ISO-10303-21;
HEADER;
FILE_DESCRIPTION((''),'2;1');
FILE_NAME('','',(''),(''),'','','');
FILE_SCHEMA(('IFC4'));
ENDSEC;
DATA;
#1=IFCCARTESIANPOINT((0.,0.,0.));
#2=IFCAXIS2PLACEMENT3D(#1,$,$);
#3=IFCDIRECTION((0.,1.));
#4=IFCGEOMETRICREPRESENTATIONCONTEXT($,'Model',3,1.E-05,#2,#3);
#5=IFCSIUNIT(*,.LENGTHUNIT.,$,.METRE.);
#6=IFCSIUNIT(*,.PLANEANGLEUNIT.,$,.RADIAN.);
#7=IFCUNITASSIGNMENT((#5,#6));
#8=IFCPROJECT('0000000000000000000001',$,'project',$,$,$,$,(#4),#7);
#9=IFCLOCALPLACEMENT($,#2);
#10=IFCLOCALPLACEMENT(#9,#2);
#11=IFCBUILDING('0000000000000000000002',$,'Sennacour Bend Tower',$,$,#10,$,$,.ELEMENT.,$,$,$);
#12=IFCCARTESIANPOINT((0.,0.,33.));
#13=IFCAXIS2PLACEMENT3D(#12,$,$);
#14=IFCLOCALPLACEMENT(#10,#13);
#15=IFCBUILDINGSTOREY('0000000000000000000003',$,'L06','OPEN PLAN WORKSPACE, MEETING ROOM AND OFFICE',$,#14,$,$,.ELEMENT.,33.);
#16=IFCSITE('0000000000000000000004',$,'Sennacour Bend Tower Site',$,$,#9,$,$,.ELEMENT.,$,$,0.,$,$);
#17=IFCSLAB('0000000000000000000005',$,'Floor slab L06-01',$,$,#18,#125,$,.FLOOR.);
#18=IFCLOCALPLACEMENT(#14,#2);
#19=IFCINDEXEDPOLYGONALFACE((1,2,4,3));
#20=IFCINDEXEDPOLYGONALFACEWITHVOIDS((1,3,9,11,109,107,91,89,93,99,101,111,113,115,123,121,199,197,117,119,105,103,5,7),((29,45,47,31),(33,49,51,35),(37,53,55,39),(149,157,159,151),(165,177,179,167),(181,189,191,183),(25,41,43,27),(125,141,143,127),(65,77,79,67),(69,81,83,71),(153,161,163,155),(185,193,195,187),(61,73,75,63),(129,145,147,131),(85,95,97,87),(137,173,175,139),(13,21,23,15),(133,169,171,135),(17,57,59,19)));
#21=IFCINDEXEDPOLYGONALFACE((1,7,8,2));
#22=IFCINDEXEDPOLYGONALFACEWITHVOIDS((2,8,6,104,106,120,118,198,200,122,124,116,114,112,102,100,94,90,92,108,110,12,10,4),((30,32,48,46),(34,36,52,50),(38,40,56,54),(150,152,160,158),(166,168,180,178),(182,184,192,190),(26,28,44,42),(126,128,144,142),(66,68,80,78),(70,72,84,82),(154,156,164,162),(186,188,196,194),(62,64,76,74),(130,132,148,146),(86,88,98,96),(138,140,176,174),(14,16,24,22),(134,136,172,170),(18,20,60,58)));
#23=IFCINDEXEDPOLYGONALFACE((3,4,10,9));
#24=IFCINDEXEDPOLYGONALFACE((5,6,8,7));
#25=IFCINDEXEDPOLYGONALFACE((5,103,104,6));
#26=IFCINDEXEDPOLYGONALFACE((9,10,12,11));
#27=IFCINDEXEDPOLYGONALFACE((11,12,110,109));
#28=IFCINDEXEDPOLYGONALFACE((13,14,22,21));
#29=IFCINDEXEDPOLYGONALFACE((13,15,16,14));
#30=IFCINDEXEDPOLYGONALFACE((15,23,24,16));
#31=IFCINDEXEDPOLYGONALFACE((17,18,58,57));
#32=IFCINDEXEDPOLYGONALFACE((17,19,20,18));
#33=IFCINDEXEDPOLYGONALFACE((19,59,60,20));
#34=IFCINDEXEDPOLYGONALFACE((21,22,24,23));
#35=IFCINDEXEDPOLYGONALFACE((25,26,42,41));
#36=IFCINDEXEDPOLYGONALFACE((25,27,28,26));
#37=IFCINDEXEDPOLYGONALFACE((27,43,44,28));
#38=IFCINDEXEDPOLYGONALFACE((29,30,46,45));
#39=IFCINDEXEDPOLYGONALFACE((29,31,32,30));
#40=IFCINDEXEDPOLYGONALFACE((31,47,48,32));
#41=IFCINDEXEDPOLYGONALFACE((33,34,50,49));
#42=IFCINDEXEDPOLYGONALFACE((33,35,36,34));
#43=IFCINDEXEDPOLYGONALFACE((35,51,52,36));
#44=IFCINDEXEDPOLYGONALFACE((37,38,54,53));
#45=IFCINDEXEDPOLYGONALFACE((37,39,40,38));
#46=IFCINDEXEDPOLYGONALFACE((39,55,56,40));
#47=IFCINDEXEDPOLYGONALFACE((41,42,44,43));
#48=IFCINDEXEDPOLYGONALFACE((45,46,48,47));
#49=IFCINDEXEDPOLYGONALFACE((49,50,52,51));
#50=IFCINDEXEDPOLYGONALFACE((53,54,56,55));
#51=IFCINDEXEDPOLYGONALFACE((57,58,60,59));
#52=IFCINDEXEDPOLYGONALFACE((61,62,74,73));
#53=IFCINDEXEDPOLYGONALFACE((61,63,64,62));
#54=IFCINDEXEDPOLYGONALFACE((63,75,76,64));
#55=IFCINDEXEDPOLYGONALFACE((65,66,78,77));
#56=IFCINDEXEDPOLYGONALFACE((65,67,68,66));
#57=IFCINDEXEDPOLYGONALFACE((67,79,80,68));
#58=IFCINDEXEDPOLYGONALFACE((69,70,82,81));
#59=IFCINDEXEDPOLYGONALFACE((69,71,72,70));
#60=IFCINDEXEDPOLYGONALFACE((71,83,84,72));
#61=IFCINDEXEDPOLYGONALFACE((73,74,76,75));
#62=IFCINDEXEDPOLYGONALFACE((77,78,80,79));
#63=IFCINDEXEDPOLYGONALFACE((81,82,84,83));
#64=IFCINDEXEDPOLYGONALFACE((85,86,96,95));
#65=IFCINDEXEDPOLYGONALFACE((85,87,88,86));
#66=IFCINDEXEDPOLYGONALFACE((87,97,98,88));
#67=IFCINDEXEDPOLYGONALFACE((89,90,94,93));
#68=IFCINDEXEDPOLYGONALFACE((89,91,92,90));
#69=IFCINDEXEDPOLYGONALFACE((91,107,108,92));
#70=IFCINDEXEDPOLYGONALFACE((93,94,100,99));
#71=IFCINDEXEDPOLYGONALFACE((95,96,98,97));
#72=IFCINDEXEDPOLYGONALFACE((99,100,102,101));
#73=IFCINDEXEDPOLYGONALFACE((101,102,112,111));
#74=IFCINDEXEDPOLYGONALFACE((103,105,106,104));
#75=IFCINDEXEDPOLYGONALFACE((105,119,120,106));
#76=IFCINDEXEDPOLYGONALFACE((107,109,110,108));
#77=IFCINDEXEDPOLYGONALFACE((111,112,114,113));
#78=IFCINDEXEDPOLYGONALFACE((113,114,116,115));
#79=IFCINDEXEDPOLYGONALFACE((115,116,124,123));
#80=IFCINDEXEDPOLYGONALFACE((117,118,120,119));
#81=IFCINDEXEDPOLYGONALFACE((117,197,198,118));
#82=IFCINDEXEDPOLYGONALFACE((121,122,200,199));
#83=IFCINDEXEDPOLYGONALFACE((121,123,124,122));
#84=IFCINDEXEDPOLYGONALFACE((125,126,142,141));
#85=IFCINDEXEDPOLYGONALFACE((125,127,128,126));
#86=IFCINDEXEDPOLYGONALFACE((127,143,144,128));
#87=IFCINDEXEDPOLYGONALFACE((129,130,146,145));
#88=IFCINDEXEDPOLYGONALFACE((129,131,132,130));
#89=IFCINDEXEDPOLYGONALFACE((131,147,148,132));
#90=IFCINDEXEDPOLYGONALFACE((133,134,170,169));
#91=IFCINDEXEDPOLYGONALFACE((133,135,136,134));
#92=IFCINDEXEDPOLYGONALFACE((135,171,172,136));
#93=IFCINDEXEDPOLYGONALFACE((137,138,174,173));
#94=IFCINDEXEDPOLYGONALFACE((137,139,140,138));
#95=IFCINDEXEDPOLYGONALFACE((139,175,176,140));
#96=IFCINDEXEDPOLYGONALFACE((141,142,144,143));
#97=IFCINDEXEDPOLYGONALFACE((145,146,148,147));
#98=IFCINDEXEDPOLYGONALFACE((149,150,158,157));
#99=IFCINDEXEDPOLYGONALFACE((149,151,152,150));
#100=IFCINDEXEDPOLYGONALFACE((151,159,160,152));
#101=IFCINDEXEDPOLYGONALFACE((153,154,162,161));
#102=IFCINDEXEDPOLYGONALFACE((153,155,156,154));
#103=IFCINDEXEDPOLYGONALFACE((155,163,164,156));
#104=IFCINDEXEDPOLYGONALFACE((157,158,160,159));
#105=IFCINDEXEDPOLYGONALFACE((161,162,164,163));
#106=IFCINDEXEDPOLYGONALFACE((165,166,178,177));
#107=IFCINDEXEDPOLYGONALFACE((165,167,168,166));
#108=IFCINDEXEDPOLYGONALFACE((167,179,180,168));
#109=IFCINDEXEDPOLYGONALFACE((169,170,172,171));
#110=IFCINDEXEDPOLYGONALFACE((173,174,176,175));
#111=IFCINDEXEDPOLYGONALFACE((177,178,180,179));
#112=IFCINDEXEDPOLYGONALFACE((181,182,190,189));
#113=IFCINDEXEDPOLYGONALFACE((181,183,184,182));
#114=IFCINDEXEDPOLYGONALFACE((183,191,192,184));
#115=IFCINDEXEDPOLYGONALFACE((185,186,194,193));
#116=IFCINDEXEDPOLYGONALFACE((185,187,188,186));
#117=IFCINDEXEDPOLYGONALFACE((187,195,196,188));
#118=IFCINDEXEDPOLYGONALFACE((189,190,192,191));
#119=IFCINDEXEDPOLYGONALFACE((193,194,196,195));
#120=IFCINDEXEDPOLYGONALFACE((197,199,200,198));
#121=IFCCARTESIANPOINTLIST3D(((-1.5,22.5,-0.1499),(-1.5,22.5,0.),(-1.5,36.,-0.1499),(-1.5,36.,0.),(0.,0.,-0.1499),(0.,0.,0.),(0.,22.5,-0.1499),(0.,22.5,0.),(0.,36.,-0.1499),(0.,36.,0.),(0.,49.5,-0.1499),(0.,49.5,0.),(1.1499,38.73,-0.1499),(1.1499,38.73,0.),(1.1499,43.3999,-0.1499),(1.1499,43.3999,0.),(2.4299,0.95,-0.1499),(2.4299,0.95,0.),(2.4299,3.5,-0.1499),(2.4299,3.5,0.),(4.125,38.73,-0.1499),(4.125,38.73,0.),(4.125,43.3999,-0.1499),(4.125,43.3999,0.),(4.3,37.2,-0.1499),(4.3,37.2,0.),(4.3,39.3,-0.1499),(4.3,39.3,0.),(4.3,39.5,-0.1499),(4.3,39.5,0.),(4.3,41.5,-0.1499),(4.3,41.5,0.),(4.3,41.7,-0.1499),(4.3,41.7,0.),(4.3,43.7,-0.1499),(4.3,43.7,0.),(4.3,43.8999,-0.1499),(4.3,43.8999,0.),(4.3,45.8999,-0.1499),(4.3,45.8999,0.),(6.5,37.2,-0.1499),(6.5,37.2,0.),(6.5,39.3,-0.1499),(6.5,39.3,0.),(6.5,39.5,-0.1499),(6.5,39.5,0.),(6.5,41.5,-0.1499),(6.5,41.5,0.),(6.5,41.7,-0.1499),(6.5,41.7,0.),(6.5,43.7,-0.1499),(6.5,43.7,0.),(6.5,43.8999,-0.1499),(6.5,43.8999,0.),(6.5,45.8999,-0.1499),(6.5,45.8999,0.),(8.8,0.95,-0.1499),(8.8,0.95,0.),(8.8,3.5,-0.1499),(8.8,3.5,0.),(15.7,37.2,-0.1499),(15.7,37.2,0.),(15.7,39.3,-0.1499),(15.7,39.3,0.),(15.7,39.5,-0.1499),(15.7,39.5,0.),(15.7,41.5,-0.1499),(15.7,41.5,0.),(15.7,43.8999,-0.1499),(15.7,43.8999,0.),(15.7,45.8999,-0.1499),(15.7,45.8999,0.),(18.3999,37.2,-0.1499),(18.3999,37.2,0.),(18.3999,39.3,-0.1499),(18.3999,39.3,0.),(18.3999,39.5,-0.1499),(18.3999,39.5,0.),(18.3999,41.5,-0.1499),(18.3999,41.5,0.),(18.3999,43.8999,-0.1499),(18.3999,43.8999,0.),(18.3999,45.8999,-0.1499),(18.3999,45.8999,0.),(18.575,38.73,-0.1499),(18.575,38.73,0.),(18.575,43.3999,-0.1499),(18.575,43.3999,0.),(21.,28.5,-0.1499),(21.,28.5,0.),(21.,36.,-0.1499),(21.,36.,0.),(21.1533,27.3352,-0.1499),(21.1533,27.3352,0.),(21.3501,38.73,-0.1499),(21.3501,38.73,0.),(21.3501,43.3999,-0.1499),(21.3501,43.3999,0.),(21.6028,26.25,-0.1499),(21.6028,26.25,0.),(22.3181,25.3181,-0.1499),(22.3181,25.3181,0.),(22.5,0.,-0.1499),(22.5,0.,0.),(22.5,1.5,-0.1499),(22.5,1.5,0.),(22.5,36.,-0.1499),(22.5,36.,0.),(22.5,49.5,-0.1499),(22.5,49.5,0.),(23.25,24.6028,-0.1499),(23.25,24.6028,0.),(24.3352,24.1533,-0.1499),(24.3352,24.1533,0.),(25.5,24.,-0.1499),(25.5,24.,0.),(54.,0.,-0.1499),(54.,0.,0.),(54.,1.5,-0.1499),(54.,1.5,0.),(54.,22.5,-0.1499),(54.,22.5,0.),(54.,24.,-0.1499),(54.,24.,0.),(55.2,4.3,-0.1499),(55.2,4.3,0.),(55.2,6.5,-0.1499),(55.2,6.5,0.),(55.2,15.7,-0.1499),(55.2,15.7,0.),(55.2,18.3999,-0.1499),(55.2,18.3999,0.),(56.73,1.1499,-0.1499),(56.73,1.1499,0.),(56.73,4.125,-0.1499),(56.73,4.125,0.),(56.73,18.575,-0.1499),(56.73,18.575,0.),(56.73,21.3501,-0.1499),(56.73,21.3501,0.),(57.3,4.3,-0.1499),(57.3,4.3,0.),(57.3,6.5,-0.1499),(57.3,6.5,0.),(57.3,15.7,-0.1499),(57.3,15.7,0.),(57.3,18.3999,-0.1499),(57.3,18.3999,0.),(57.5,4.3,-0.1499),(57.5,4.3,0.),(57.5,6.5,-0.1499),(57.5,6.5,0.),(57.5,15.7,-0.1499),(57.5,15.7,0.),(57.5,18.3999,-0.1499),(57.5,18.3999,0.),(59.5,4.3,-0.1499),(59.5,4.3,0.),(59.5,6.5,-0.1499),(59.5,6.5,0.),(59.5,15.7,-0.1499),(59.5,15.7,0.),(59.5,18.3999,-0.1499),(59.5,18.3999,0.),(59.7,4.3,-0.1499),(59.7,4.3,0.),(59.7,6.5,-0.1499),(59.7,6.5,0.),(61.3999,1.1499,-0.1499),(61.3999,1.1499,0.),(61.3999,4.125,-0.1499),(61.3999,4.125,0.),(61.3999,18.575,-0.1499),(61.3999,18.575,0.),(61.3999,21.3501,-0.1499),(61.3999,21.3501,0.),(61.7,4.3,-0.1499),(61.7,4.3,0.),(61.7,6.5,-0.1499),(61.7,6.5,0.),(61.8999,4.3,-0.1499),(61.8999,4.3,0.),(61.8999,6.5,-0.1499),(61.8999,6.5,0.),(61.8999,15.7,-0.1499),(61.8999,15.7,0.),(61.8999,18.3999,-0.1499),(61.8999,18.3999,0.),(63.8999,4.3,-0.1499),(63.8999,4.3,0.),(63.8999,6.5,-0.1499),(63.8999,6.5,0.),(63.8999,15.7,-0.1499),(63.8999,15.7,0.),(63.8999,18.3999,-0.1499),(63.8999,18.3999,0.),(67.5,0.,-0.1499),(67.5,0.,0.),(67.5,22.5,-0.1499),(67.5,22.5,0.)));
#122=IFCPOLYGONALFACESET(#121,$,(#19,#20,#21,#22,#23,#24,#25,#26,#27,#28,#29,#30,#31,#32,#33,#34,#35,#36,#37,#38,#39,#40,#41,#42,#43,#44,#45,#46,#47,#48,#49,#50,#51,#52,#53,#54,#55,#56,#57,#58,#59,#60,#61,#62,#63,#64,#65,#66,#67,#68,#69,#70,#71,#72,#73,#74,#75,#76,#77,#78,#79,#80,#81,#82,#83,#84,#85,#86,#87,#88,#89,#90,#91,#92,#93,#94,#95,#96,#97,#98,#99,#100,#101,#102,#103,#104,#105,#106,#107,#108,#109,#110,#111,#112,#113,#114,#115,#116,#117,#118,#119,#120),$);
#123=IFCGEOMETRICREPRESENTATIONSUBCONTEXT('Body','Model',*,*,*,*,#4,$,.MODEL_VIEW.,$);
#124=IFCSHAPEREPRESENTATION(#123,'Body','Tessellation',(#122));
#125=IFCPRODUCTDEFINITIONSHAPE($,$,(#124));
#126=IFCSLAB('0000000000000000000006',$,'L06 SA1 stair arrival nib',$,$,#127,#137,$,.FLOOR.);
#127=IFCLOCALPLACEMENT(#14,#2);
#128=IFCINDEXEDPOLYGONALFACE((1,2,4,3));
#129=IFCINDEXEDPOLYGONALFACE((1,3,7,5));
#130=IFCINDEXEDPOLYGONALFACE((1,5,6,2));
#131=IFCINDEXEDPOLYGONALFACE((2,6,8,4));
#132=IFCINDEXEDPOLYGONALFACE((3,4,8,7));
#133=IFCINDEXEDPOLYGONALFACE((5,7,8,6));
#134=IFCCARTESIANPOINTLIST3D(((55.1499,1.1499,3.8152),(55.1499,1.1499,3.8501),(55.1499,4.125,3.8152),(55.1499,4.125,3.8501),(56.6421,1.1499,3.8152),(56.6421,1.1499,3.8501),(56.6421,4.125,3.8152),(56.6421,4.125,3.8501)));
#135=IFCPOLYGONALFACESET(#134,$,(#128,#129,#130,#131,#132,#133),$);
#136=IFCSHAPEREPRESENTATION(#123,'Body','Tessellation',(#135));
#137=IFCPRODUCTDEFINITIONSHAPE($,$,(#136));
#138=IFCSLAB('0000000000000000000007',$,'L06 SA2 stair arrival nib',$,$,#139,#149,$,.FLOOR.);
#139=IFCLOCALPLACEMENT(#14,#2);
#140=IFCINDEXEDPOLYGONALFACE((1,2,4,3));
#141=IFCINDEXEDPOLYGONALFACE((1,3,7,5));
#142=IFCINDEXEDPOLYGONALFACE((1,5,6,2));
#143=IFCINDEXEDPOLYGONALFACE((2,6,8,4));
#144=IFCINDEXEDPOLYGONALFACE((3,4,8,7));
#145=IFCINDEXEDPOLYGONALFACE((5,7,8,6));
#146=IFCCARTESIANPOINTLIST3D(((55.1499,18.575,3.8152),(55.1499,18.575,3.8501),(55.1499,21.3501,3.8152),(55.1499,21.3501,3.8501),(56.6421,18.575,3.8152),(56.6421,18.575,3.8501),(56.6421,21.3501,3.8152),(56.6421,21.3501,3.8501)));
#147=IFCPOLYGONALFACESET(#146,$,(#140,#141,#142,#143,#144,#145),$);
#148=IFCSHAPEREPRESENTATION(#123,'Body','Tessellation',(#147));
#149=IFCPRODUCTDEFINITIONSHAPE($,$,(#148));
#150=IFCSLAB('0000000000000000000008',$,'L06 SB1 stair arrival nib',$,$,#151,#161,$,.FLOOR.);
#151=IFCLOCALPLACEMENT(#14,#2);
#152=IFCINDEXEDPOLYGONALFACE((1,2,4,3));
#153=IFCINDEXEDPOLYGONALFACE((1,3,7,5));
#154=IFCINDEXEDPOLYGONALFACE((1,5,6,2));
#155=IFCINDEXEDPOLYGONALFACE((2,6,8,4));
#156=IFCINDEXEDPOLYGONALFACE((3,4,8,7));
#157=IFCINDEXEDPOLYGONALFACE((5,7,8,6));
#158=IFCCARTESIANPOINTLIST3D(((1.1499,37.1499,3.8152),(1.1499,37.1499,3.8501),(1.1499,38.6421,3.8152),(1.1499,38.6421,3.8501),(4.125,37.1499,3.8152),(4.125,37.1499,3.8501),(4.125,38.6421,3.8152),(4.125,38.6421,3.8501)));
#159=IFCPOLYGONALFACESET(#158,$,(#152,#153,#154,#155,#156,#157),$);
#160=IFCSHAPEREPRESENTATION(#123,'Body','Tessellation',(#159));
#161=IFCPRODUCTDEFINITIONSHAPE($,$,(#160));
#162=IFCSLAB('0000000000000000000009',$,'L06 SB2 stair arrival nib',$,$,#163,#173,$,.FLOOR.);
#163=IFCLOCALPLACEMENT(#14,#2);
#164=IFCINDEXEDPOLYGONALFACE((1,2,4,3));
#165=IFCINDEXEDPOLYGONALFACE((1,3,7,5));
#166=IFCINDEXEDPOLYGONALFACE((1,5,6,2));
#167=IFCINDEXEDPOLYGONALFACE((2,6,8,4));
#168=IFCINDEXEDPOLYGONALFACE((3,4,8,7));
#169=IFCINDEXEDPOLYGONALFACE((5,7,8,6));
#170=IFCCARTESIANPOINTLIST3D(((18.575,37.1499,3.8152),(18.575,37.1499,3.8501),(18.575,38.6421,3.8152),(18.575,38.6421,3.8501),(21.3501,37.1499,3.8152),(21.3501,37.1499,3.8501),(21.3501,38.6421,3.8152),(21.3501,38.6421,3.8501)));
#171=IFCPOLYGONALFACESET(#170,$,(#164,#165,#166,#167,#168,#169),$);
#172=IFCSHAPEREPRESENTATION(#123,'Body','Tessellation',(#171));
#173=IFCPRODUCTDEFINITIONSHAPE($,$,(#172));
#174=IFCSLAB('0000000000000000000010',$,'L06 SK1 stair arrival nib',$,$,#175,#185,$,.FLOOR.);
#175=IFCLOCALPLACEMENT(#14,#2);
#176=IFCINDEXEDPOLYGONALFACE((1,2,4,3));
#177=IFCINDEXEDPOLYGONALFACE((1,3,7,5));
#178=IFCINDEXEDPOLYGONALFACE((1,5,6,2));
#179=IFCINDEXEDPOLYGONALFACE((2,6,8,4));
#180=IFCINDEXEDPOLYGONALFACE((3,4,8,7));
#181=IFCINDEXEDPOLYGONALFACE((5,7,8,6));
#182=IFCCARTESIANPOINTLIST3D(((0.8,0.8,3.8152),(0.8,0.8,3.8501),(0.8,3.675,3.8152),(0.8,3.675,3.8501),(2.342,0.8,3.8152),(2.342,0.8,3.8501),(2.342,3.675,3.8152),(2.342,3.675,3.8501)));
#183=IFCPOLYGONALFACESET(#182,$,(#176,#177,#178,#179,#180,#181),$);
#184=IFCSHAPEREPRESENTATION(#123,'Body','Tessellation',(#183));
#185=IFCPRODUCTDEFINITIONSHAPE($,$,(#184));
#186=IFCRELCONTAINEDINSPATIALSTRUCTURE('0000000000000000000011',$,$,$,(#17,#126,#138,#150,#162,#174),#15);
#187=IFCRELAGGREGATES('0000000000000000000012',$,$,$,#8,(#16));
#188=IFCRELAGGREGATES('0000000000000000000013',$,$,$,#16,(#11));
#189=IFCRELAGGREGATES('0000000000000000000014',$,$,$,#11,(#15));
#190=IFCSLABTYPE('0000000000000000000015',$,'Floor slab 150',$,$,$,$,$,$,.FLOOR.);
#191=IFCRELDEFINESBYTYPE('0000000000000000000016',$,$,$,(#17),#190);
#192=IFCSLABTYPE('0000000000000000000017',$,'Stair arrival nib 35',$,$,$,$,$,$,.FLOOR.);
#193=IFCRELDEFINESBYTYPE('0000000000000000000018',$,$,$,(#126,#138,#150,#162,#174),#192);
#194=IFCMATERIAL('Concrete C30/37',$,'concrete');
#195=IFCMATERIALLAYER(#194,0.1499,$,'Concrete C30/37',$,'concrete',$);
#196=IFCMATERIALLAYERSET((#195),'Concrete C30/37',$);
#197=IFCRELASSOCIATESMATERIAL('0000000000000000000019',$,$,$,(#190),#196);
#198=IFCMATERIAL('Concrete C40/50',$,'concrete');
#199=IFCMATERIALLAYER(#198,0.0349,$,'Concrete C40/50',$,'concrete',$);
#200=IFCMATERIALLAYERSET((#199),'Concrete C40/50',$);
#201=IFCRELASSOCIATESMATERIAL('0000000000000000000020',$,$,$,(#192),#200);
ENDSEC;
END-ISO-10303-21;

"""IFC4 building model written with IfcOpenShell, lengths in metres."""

from ifc_helpers import new_model, si_unit, direction, frame, origin, place, context, subcontext, project, spatial, polyline, outline, extrude, material, layer, layer_set, type_object, element, save


model = new_model("IFC4")

# Units and contexts
model_context = context("Model", 3, precision=1e-05, world=origin(), true_north=direction((0.0, 1.0)))
body_context = subcontext(model_context, "Body", "Model", "MODEL_VIEW")
ifc_project = project(units=[si_unit("LENGTHUNIT", "METRE"), si_unit("PLANEANGLEUNIT", "RADIAN")], contexts=[model_context])

# Site, building, storey
site_placement = place(None, origin())
site = spatial("IfcSite", under=ifc_project, at=site_placement, Name="Sennacour Bend Tower Site", CompositionType="ELEMENT", RefElevation=0.0)
building_placement = place(site_placement, origin())
building = spatial("IfcBuilding", under=site, at=building_placement, Name="Sennacour Bend Tower", CompositionType="ELEMENT")
storey_placement = place(building_placement, frame((0.0, 0.0, 33.0)))
storey = spatial("IfcBuildingStorey", under=building, at=storey_placement, Name="L06", Description="OPEN PLAN WORKSPACE, MEETING ROOM AND OFFICE", CompositionType="ELEMENT", Elevation=33.0)

# Slabs
ifc_material_1 = material(Name="Concrete C30/37", Category="concrete")
ifc_layer_1 = layer(ifc_material_1, 0.1499, Name="Concrete C30/37", Category="concrete")
ifc_layer_set_1 = layer_set([ifc_layer_1], Name="Concrete C30/37")
slab_type_1 = type_object("IfcSlabType", Name="Floor slab 150", PredefinedType="FLOOR", material=ifc_layer_set_1)
slab_1_placement = place(storey_placement, frame((0.0, 0.0, -0.1499)))
element("IfcSlab", 1, at=slab_1_placement, inside=storey, type_object=slab_type_1, Name="Floor slab L06-01", PredefinedType="FLOOR", context=body_context, shape_type="SweptSolid", body=[
    extrude(outline(polyline([(0.0, 22.5), (-1.5, 22.5), (-1.5, 36.0), (0.0, 36.0), (0.0, 49.5), (22.5, 49.5), (22.5, 36.0), (21.0, 36.0), (21.0, 28.5), (21.1533, 27.3352), (21.6028, 26.25), (22.3181, 25.3181), (23.25, 24.6028), (24.3352, 24.1533), (25.5, 24.0), (54.0, 24.0), (54.0, 22.5), (67.5, 22.5), (67.5, 0.0), (54.0, 0.0), (54.0, 1.5), (22.5, 1.5), (22.5, 0.0), (0.0, 0.0), (0.0, 22.5)]), holes=[polyline([(8.8, 0.95), (8.8, 3.5), (2.4299, 3.5), (2.4299, 0.95), (8.8, 0.95)]), polyline([(6.5, 37.2), (6.5, 39.3), (4.3, 39.3), (4.3, 37.2), (6.5, 37.2)]), polyline([(18.3999, 37.2), (18.3999, 39.3), (15.7, 39.3), (15.7, 37.2), (18.3999, 37.2)]), polyline([(6.5, 39.5), (6.5, 41.5), (4.3, 41.5), (4.3, 39.5), (6.5, 39.5)]), polyline([(18.3999, 39.5), (18.3999, 41.5), (15.7, 41.5), (15.7, 39.5), (18.3999, 39.5)]), polyline([(4.125, 38.73), (4.125, 43.3999), (1.1499, 43.3999), (1.1499, 38.73), (4.125, 38.73)]), polyline([(21.3501, 38.73), (21.3501, 43.3999), (18.575, 43.3999), (18.575, 38.73), (21.3501, 38.73)]), polyline([(4.3, 41.7), (6.5, 41.7), (6.5, 43.7), (4.3, 43.7), (4.3, 41.7)]), polyline([(4.3, 43.8999), (6.5, 43.8999), (6.5, 45.8999), (4.3, 45.8999), (4.3, 43.8999)]), polyline([(18.3999, 43.8999), (18.3999, 45.8999), (15.7, 45.8999), (15.7, 43.8999), (18.3999, 43.8999)]), polyline([(61.3999, 1.1499), (61.3999, 4.125), (56.73, 4.125), (56.73, 1.1499), (61.3999, 1.1499)]), polyline([(57.3, 4.3), (57.3, 6.5), (55.2, 6.5), (55.2, 4.3), (57.3, 4.3)]), polyline([(57.5, 4.3), (59.5, 4.3), (59.5, 6.5), (57.5, 6.5), (57.5, 4.3)]), polyline([(59.7, 4.3), (61.7, 4.3), (61.7, 6.5), (59.7, 6.5), (59.7, 4.3)]), polyline([(63.8999, 4.3), (63.8999, 6.5), (61.8999, 6.5), (61.8999, 4.3), (63.8999, 4.3)]), polyline([(57.3, 15.7), (57.3, 18.3999), (55.2, 18.3999), (55.2, 15.7), (57.3, 15.7)]), polyline([(59.5, 15.7), (59.5, 18.3999), (57.5, 18.3999), (57.5, 15.7), (59.5, 15.7)]), polyline([(61.8999, 15.7), (63.8999, 15.7), (63.8999, 18.3999), (61.8999, 18.3999), (61.8999, 15.7)]), polyline([(56.73, 18.575), (61.3999, 18.575), (61.3999, 21.3501), (56.73, 21.3501), (56.73, 18.575)])]), origin(), (0.0, 0.0, 1.0), 0.1499),
])
ifc_material_2 = material(Name="Concrete C40/50", Category="concrete")
ifc_layer_2 = layer(ifc_material_2, 0.0349, Name="Concrete C40/50", Category="concrete")
ifc_layer_set_2 = layer_set([ifc_layer_2], Name="Concrete C40/50")
slab_type_2 = type_object("IfcSlabType", Name="Stair arrival nib 35", PredefinedType="FLOOR", material=ifc_layer_set_2)
slab_2_placement = place(storey_placement, frame((0.0, 0.0, 3.8152)))
element("IfcSlab", 2, at=slab_2_placement, inside=storey, type_object=slab_type_2, Name="L06 SA1 stair arrival nib", PredefinedType="FLOOR", context=body_context, shape_type="SweptSolid", body=[
    extrude(outline(polyline([(56.6421, 4.125), (55.1499, 4.125), (55.1499, 1.1499), (56.6421, 1.1499), (56.6421, 4.125)])), origin(), (0.0, 0.0, 1.0), 0.0349),
])
slab_3_placement = place(storey_placement, frame((0.0, 0.0, 3.8152)))
element("IfcSlab", 3, at=slab_3_placement, inside=storey, type_object=slab_type_2, Name="L06 SA2 stair arrival nib", PredefinedType="FLOOR", context=body_context, shape_type="SweptSolid", body=[
    extrude(outline(polyline([(56.6421, 21.3501), (55.1499, 21.3501), (55.1499, 18.575), (56.6421, 18.575), (56.6421, 21.3501)])), origin(), (0.0, 0.0, 1.0), 0.0349),
])
slab_4_placement = place(storey_placement, frame((0.0, 0.0, 3.8152)))
element("IfcSlab", 4, at=slab_4_placement, inside=storey, type_object=slab_type_2, Name="L06 SB1 stair arrival nib", PredefinedType="FLOOR", context=body_context, shape_type="SweptSolid", body=[
    extrude(outline(polyline([(1.1499, 38.6421), (1.1499, 37.1499), (4.125, 37.1499), (4.125, 38.6421), (1.1499, 38.6421)])), origin(), (0.0, 0.0, 1.0), 0.0349),
])
slab_5_placement = place(storey_placement, frame((0.0, 0.0, 3.8152)))
element("IfcSlab", 5, at=slab_5_placement, inside=storey, type_object=slab_type_2, Name="L06 SB2 stair arrival nib", PredefinedType="FLOOR", context=body_context, shape_type="SweptSolid", body=[
    extrude(outline(polyline([(18.575, 38.6421), (18.575, 37.1499), (21.3501, 37.1499), (21.3501, 38.6421), (18.575, 38.6421)])), origin(), (0.0, 0.0, 1.0), 0.0349),
])
slab_6_placement = place(storey_placement, frame((0.0, 0.0, 3.8152)))
element("IfcSlab", 6, at=slab_6_placement, inside=storey, type_object=slab_type_2, Name="L06 SK1 stair arrival nib", PredefinedType="FLOOR", context=body_context, shape_type="SweptSolid", body=[
    extrude(outline(polyline([(2.342, 3.675), (0.8, 3.675), (0.8, 0.8), (2.342, 0.8), (2.342, 3.675)])), origin(), (0.0, 0.0, 1.0), 0.0349),
])

save(model, "model.ifc")
